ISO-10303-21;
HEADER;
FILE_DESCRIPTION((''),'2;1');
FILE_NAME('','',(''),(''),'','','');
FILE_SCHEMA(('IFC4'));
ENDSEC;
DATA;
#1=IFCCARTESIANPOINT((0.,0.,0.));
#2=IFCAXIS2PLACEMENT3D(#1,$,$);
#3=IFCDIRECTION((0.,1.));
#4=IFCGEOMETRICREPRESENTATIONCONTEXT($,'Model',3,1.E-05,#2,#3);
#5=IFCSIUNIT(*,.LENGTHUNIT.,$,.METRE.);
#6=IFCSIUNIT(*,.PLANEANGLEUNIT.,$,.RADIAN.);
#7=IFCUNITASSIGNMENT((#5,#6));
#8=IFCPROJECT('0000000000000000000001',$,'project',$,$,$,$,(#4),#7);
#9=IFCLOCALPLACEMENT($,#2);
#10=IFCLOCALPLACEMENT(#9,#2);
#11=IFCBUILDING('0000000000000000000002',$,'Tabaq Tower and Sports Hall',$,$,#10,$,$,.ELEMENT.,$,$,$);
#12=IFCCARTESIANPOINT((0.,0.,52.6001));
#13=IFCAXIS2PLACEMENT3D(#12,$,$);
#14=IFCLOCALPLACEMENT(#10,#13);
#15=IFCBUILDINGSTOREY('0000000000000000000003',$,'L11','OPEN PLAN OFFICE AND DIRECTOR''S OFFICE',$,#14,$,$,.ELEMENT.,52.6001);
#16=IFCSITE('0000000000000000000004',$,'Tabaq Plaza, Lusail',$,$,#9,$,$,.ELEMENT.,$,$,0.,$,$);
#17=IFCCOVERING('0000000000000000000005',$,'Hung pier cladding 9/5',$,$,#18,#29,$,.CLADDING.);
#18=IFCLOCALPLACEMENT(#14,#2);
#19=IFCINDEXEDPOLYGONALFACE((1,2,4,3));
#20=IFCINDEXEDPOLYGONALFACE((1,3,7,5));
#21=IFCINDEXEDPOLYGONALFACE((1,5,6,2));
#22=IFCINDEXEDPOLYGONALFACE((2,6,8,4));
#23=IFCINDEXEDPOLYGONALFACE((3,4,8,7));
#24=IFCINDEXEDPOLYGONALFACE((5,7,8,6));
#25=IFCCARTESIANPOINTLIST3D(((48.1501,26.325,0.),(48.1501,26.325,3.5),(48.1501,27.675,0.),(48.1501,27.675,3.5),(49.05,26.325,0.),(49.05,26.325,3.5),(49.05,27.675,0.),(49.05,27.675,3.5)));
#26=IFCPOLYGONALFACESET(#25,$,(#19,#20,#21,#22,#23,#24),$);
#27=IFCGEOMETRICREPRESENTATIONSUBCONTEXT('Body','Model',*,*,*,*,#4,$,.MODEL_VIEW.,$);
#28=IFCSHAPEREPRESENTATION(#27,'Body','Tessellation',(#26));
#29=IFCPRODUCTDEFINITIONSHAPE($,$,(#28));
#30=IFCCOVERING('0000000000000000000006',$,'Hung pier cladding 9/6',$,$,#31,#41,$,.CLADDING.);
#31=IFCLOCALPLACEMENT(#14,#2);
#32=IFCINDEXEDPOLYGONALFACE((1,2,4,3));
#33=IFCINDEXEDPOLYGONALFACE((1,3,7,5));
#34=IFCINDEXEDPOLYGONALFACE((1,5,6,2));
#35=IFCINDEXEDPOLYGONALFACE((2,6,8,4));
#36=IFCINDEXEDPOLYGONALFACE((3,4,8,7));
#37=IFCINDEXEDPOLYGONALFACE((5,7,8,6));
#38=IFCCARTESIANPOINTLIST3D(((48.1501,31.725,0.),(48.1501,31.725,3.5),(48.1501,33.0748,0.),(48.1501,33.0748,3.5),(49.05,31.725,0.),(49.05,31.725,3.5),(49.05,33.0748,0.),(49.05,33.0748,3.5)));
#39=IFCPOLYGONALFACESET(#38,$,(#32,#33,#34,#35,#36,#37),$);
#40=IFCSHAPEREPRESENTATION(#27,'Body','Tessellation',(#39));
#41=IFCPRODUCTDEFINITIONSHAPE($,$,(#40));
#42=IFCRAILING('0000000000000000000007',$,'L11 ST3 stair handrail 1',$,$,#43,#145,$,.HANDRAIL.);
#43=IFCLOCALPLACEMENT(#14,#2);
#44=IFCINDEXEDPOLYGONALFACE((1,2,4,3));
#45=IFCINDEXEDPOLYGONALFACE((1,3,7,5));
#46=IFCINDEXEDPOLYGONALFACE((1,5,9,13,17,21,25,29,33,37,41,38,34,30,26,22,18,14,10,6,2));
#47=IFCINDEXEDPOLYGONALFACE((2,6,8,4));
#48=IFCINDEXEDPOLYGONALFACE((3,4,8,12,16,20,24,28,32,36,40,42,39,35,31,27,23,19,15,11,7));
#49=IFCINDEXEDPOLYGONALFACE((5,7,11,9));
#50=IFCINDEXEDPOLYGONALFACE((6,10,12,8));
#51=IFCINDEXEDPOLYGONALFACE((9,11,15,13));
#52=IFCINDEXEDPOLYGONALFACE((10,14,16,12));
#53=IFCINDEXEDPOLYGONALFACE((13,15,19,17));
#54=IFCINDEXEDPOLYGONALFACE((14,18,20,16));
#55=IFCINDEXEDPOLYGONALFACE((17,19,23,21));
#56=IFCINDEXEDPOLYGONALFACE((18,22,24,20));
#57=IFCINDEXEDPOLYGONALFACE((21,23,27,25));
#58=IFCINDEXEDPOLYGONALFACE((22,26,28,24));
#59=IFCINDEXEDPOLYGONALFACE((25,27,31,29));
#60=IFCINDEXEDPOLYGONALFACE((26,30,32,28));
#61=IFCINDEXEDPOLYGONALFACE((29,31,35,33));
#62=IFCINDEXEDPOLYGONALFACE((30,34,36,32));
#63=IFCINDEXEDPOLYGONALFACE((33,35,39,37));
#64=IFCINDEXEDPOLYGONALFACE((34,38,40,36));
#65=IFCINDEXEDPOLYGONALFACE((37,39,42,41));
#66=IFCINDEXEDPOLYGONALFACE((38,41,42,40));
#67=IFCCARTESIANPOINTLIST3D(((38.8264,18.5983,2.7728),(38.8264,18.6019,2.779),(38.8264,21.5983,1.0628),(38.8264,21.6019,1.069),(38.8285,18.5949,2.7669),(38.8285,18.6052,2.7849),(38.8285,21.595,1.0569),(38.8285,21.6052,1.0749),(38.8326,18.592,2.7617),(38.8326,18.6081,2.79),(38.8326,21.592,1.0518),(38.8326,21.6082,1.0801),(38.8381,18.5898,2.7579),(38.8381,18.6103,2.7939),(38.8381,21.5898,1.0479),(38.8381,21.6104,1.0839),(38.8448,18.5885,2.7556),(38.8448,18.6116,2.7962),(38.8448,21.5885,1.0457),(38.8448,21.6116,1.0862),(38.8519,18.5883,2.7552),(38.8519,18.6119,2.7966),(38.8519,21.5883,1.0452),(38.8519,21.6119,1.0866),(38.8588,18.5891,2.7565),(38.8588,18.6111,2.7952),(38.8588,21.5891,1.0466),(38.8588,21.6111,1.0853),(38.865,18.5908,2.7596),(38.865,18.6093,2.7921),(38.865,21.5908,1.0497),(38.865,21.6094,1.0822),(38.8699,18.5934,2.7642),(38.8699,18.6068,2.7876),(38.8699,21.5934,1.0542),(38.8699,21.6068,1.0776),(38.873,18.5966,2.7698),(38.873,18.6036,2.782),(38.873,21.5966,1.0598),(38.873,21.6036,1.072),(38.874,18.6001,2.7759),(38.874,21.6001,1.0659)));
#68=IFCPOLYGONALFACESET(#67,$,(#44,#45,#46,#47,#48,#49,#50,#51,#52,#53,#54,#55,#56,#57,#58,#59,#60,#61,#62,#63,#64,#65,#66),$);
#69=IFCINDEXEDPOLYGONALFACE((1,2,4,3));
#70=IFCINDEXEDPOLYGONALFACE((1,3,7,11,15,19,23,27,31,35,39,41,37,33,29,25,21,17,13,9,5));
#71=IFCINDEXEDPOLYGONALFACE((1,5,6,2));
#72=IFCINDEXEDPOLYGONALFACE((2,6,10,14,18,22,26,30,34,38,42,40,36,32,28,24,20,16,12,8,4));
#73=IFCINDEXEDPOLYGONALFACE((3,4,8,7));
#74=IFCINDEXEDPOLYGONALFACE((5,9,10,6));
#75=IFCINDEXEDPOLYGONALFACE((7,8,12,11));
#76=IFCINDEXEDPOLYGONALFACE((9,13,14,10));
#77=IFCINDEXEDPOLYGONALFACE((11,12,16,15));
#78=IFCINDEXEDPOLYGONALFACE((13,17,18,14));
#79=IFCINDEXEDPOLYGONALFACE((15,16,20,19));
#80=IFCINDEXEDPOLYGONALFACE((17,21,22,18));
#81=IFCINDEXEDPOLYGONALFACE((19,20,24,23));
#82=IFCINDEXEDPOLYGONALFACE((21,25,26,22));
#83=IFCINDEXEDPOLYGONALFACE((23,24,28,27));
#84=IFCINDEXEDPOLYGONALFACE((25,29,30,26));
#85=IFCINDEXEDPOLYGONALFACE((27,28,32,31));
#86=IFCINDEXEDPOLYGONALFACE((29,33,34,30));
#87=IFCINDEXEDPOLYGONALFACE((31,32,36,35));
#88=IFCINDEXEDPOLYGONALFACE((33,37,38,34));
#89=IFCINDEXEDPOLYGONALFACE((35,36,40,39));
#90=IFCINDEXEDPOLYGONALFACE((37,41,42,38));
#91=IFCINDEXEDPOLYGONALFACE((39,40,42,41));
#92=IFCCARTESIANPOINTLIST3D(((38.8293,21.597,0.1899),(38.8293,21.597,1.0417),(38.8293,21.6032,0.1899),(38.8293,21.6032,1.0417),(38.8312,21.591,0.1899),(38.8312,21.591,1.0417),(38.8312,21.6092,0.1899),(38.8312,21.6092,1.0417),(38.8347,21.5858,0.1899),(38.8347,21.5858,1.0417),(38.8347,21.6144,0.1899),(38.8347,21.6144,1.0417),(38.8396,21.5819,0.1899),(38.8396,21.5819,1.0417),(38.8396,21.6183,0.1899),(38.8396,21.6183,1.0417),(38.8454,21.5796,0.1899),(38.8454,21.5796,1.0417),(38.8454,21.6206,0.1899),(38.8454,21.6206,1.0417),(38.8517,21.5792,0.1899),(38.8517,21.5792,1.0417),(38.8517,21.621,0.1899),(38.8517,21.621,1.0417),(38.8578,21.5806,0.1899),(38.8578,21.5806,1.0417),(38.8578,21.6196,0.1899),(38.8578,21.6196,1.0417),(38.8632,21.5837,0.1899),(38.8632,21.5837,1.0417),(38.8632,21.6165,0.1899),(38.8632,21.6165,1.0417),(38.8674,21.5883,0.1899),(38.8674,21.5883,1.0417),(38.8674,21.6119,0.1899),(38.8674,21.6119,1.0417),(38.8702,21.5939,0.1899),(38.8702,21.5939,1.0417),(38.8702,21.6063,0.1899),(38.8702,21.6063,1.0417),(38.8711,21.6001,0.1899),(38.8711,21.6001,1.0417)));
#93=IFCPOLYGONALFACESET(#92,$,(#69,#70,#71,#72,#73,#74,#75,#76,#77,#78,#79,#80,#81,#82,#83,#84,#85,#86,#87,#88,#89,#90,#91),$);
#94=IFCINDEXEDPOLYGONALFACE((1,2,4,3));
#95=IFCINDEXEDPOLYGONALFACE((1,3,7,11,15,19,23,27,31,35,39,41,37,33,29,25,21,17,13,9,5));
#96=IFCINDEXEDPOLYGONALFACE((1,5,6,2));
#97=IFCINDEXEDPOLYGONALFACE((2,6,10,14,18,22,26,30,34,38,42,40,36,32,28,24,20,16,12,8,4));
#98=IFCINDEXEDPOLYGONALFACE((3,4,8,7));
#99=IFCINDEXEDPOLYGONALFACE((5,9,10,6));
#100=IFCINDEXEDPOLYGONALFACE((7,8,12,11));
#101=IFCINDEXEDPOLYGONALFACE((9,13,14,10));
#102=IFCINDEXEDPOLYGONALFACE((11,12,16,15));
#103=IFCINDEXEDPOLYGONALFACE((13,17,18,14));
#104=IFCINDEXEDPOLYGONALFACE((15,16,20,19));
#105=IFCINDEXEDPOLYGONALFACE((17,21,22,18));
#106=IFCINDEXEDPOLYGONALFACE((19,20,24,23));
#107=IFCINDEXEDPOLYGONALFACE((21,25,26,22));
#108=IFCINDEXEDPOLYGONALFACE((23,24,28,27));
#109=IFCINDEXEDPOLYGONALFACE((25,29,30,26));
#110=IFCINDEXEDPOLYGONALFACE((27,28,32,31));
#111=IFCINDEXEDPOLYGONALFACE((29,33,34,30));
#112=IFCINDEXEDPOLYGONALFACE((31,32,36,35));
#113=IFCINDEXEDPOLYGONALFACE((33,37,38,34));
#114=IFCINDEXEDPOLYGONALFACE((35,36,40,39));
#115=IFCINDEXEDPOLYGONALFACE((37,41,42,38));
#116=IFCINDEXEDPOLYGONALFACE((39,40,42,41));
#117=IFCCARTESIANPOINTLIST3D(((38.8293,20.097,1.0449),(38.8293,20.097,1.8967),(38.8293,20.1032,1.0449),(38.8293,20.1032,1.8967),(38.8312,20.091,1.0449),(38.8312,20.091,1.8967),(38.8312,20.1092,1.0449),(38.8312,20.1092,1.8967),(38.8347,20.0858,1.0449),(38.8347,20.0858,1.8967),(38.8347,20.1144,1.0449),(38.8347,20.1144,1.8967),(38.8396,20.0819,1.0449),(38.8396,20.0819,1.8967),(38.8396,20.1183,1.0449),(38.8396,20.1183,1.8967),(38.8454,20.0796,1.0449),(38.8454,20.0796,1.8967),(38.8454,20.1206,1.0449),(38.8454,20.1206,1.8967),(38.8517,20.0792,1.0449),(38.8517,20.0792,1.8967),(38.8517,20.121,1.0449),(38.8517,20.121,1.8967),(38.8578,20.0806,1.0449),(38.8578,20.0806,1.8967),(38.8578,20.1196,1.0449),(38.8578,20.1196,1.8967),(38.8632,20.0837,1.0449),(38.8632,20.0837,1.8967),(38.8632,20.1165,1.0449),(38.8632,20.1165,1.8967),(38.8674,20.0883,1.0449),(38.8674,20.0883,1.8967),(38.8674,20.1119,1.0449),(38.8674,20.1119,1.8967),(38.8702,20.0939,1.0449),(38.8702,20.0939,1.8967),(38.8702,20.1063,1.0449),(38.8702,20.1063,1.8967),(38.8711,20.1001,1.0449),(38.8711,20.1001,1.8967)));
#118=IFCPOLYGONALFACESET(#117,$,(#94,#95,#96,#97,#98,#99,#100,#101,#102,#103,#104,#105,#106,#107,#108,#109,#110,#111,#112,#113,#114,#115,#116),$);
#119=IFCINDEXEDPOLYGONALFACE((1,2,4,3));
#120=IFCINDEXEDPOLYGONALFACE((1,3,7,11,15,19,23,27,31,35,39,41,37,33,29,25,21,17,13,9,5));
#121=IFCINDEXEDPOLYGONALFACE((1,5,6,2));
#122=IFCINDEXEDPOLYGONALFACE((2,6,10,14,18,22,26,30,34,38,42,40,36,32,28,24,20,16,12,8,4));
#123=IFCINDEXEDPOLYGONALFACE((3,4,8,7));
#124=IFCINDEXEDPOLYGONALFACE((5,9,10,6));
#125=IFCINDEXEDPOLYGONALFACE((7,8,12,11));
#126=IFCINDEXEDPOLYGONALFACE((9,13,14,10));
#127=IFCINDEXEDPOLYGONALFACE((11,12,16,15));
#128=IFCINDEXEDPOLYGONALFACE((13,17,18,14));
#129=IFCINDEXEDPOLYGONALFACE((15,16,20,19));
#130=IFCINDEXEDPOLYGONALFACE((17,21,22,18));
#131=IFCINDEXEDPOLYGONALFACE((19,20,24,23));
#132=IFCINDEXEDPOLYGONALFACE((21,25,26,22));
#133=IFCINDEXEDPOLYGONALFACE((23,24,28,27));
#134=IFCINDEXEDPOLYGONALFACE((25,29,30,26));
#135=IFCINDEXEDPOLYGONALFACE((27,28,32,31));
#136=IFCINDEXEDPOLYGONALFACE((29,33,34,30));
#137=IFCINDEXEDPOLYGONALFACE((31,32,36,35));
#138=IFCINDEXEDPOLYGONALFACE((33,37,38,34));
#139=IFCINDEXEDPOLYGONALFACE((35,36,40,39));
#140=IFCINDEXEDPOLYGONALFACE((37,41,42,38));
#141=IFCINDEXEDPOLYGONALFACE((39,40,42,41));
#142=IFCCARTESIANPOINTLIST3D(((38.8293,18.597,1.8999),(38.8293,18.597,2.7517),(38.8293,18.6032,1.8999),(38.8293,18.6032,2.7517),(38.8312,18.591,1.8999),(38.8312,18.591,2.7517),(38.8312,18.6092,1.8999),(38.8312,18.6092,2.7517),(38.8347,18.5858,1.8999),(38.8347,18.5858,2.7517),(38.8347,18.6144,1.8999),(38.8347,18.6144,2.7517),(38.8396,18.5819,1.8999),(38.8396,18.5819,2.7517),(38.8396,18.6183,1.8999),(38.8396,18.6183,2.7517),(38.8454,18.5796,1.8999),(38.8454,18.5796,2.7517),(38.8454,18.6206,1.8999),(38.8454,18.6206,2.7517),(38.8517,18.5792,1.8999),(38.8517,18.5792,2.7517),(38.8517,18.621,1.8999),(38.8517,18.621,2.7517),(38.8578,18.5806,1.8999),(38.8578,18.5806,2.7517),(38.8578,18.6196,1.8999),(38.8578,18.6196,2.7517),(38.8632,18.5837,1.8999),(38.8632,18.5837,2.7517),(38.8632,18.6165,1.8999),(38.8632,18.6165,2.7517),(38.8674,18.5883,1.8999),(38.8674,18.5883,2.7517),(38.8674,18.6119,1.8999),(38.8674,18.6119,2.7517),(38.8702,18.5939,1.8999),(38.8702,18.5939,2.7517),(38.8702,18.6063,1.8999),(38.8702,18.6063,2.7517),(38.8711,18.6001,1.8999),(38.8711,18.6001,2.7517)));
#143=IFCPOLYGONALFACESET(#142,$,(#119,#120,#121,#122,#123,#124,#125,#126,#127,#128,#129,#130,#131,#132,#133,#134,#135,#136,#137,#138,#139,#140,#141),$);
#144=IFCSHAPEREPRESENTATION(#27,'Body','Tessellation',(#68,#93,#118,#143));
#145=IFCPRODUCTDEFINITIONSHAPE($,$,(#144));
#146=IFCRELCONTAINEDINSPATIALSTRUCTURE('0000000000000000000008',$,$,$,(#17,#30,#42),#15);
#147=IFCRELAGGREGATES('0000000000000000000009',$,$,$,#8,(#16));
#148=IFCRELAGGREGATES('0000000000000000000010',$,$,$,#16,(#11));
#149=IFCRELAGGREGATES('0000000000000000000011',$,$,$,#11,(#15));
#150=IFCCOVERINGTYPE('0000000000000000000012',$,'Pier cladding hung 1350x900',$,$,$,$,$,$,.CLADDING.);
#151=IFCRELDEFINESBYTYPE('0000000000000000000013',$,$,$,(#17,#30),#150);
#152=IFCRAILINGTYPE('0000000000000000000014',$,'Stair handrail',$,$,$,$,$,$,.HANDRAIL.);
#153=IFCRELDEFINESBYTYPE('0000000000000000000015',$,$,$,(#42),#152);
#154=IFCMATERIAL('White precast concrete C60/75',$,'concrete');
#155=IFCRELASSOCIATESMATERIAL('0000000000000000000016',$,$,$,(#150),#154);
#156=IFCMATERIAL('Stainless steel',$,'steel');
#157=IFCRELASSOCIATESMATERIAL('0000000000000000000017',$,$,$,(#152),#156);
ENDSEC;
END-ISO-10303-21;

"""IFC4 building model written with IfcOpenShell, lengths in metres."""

from ifc_helpers import new_model, si_unit, direction, frame, frame_2d, origin, origin_2d, place, context, subcontext, project, spatial, rectangle, circle, extrude, material, type_object, element, save


model = new_model("IFC4")

# Units and contexts
model_context = context("Model", 3, precision=1e-05, world=origin(), true_north=direction((0.0, 1.0)))
body_context = subcontext(model_context, "Body", "Model", "MODEL_VIEW")
ifc_project = project(units=[si_unit("LENGTHUNIT", "METRE"), si_unit("PLANEANGLEUNIT", "RADIAN")], contexts=[model_context])

# Site, building, storey
site_placement = place(None, origin())
site = spatial("IfcSite", under=ifc_project, at=site_placement, Name="Tabaq Plaza, Lusail", CompositionType="ELEMENT", RefElevation=0.0)
building_placement = place(site_placement, origin())
building = spatial("IfcBuilding", under=site, at=building_placement, Name="Tabaq Tower and Sports Hall", CompositionType="ELEMENT")
storey_placement = place(building_placement, frame((0.0, 0.0, 52.6001)))
storey = spatial("IfcBuildingStorey", under=building, at=storey_placement, Name="L11", Description="OPEN PLAN OFFICE AND DIRECTOR'S OFFICE", CompositionType="ELEMENT", Elevation=52.6001)

# Coverings
ifc_material_1 = material(Name="White precast concrete C60/75", Category="concrete")
covering_type_1 = type_object("IfcCoveringType", Name="Pier cladding hung 1350x900", PredefinedType="CLADDING", material=ifc_material_1)
covering_1_placement = place(storey_placement, frame((48.6001, 26.325, 0.0), z_axis=(0.0, 0.0, 1.0), x_axis=(0.0, 1.0, 0.0)))
element("IfcCovering", 1, at=covering_1_placement, inside=storey, type_object=covering_type_1, Name="Hung pier cladding 9/5", PredefinedType="CLADDING", context=body_context, shape_type="SweptSolid", body=[
    extrude(rectangle(XDim=1.3501, YDim=0.8999, at=frame_2d((0.675, 0.0))), origin(), (0.0, 0.0, 1.0), 3.5),
])
covering_2_placement = place(storey_placement, frame((48.6001, 31.7251, 0.0), z_axis=(0.0, 0.0, 1.0), x_axis=(0.0, 1.0, 0.0)))
element("IfcCovering", 2, at=covering_2_placement, inside=storey, type_object=covering_type_1, Name="Hung pier cladding 9/6", PredefinedType="CLADDING", context=body_context, shape_type="SweptSolid", body=[
    extrude(rectangle(XDim=1.3499, YDim=0.8999, at=frame_2d((0.6748, 0.0))), origin(), (0.0, 0.0, 1.0), 3.5),
])

# Railing
ifc_material_2 = material(Name="Stainless steel", Category="steel")
railing_type_1 = type_object("IfcRailingType", Name="Stair handrail", PredefinedType="HANDRAIL", material=ifc_material_2)
railing_1_placement = place(storey_placement, frame((38.8501, 21.6001, 0.1899)))
element("IfcRailing", 3, at=railing_1_placement, inside=storey, type_object=railing_type_1, Name="L11 ST3 stair handrail 1", PredefinedType="HANDRAIL", context=body_context, shape_type="SweptSolid", body=[
    extrude(circle(Radius=0.0239, at=origin_2d()), frame((0.0, 0.0, 0.876), z_axis=(0.0, -0.868782, 0.495195), x_axis=(1.0, 0.0, 0.0)), (0.0, 0.0, 1.0), 3.4531),
    extrude(circle(Radius=0.021, at=origin_2d()), origin(), (0.0, 0.0, 1.0), 0.8518),
    extrude(circle(Radius=0.021, at=origin_2d()), frame((0.0, -1.5, 0.855)), (0.0, 0.0, 1.0), 0.8518),
    extrude(circle(Radius=0.021, at=origin_2d()), frame((0.0, -3.0, 1.71)), (0.0, 0.0, 1.0), 0.8518),
])

save(model, "model.ifc")
